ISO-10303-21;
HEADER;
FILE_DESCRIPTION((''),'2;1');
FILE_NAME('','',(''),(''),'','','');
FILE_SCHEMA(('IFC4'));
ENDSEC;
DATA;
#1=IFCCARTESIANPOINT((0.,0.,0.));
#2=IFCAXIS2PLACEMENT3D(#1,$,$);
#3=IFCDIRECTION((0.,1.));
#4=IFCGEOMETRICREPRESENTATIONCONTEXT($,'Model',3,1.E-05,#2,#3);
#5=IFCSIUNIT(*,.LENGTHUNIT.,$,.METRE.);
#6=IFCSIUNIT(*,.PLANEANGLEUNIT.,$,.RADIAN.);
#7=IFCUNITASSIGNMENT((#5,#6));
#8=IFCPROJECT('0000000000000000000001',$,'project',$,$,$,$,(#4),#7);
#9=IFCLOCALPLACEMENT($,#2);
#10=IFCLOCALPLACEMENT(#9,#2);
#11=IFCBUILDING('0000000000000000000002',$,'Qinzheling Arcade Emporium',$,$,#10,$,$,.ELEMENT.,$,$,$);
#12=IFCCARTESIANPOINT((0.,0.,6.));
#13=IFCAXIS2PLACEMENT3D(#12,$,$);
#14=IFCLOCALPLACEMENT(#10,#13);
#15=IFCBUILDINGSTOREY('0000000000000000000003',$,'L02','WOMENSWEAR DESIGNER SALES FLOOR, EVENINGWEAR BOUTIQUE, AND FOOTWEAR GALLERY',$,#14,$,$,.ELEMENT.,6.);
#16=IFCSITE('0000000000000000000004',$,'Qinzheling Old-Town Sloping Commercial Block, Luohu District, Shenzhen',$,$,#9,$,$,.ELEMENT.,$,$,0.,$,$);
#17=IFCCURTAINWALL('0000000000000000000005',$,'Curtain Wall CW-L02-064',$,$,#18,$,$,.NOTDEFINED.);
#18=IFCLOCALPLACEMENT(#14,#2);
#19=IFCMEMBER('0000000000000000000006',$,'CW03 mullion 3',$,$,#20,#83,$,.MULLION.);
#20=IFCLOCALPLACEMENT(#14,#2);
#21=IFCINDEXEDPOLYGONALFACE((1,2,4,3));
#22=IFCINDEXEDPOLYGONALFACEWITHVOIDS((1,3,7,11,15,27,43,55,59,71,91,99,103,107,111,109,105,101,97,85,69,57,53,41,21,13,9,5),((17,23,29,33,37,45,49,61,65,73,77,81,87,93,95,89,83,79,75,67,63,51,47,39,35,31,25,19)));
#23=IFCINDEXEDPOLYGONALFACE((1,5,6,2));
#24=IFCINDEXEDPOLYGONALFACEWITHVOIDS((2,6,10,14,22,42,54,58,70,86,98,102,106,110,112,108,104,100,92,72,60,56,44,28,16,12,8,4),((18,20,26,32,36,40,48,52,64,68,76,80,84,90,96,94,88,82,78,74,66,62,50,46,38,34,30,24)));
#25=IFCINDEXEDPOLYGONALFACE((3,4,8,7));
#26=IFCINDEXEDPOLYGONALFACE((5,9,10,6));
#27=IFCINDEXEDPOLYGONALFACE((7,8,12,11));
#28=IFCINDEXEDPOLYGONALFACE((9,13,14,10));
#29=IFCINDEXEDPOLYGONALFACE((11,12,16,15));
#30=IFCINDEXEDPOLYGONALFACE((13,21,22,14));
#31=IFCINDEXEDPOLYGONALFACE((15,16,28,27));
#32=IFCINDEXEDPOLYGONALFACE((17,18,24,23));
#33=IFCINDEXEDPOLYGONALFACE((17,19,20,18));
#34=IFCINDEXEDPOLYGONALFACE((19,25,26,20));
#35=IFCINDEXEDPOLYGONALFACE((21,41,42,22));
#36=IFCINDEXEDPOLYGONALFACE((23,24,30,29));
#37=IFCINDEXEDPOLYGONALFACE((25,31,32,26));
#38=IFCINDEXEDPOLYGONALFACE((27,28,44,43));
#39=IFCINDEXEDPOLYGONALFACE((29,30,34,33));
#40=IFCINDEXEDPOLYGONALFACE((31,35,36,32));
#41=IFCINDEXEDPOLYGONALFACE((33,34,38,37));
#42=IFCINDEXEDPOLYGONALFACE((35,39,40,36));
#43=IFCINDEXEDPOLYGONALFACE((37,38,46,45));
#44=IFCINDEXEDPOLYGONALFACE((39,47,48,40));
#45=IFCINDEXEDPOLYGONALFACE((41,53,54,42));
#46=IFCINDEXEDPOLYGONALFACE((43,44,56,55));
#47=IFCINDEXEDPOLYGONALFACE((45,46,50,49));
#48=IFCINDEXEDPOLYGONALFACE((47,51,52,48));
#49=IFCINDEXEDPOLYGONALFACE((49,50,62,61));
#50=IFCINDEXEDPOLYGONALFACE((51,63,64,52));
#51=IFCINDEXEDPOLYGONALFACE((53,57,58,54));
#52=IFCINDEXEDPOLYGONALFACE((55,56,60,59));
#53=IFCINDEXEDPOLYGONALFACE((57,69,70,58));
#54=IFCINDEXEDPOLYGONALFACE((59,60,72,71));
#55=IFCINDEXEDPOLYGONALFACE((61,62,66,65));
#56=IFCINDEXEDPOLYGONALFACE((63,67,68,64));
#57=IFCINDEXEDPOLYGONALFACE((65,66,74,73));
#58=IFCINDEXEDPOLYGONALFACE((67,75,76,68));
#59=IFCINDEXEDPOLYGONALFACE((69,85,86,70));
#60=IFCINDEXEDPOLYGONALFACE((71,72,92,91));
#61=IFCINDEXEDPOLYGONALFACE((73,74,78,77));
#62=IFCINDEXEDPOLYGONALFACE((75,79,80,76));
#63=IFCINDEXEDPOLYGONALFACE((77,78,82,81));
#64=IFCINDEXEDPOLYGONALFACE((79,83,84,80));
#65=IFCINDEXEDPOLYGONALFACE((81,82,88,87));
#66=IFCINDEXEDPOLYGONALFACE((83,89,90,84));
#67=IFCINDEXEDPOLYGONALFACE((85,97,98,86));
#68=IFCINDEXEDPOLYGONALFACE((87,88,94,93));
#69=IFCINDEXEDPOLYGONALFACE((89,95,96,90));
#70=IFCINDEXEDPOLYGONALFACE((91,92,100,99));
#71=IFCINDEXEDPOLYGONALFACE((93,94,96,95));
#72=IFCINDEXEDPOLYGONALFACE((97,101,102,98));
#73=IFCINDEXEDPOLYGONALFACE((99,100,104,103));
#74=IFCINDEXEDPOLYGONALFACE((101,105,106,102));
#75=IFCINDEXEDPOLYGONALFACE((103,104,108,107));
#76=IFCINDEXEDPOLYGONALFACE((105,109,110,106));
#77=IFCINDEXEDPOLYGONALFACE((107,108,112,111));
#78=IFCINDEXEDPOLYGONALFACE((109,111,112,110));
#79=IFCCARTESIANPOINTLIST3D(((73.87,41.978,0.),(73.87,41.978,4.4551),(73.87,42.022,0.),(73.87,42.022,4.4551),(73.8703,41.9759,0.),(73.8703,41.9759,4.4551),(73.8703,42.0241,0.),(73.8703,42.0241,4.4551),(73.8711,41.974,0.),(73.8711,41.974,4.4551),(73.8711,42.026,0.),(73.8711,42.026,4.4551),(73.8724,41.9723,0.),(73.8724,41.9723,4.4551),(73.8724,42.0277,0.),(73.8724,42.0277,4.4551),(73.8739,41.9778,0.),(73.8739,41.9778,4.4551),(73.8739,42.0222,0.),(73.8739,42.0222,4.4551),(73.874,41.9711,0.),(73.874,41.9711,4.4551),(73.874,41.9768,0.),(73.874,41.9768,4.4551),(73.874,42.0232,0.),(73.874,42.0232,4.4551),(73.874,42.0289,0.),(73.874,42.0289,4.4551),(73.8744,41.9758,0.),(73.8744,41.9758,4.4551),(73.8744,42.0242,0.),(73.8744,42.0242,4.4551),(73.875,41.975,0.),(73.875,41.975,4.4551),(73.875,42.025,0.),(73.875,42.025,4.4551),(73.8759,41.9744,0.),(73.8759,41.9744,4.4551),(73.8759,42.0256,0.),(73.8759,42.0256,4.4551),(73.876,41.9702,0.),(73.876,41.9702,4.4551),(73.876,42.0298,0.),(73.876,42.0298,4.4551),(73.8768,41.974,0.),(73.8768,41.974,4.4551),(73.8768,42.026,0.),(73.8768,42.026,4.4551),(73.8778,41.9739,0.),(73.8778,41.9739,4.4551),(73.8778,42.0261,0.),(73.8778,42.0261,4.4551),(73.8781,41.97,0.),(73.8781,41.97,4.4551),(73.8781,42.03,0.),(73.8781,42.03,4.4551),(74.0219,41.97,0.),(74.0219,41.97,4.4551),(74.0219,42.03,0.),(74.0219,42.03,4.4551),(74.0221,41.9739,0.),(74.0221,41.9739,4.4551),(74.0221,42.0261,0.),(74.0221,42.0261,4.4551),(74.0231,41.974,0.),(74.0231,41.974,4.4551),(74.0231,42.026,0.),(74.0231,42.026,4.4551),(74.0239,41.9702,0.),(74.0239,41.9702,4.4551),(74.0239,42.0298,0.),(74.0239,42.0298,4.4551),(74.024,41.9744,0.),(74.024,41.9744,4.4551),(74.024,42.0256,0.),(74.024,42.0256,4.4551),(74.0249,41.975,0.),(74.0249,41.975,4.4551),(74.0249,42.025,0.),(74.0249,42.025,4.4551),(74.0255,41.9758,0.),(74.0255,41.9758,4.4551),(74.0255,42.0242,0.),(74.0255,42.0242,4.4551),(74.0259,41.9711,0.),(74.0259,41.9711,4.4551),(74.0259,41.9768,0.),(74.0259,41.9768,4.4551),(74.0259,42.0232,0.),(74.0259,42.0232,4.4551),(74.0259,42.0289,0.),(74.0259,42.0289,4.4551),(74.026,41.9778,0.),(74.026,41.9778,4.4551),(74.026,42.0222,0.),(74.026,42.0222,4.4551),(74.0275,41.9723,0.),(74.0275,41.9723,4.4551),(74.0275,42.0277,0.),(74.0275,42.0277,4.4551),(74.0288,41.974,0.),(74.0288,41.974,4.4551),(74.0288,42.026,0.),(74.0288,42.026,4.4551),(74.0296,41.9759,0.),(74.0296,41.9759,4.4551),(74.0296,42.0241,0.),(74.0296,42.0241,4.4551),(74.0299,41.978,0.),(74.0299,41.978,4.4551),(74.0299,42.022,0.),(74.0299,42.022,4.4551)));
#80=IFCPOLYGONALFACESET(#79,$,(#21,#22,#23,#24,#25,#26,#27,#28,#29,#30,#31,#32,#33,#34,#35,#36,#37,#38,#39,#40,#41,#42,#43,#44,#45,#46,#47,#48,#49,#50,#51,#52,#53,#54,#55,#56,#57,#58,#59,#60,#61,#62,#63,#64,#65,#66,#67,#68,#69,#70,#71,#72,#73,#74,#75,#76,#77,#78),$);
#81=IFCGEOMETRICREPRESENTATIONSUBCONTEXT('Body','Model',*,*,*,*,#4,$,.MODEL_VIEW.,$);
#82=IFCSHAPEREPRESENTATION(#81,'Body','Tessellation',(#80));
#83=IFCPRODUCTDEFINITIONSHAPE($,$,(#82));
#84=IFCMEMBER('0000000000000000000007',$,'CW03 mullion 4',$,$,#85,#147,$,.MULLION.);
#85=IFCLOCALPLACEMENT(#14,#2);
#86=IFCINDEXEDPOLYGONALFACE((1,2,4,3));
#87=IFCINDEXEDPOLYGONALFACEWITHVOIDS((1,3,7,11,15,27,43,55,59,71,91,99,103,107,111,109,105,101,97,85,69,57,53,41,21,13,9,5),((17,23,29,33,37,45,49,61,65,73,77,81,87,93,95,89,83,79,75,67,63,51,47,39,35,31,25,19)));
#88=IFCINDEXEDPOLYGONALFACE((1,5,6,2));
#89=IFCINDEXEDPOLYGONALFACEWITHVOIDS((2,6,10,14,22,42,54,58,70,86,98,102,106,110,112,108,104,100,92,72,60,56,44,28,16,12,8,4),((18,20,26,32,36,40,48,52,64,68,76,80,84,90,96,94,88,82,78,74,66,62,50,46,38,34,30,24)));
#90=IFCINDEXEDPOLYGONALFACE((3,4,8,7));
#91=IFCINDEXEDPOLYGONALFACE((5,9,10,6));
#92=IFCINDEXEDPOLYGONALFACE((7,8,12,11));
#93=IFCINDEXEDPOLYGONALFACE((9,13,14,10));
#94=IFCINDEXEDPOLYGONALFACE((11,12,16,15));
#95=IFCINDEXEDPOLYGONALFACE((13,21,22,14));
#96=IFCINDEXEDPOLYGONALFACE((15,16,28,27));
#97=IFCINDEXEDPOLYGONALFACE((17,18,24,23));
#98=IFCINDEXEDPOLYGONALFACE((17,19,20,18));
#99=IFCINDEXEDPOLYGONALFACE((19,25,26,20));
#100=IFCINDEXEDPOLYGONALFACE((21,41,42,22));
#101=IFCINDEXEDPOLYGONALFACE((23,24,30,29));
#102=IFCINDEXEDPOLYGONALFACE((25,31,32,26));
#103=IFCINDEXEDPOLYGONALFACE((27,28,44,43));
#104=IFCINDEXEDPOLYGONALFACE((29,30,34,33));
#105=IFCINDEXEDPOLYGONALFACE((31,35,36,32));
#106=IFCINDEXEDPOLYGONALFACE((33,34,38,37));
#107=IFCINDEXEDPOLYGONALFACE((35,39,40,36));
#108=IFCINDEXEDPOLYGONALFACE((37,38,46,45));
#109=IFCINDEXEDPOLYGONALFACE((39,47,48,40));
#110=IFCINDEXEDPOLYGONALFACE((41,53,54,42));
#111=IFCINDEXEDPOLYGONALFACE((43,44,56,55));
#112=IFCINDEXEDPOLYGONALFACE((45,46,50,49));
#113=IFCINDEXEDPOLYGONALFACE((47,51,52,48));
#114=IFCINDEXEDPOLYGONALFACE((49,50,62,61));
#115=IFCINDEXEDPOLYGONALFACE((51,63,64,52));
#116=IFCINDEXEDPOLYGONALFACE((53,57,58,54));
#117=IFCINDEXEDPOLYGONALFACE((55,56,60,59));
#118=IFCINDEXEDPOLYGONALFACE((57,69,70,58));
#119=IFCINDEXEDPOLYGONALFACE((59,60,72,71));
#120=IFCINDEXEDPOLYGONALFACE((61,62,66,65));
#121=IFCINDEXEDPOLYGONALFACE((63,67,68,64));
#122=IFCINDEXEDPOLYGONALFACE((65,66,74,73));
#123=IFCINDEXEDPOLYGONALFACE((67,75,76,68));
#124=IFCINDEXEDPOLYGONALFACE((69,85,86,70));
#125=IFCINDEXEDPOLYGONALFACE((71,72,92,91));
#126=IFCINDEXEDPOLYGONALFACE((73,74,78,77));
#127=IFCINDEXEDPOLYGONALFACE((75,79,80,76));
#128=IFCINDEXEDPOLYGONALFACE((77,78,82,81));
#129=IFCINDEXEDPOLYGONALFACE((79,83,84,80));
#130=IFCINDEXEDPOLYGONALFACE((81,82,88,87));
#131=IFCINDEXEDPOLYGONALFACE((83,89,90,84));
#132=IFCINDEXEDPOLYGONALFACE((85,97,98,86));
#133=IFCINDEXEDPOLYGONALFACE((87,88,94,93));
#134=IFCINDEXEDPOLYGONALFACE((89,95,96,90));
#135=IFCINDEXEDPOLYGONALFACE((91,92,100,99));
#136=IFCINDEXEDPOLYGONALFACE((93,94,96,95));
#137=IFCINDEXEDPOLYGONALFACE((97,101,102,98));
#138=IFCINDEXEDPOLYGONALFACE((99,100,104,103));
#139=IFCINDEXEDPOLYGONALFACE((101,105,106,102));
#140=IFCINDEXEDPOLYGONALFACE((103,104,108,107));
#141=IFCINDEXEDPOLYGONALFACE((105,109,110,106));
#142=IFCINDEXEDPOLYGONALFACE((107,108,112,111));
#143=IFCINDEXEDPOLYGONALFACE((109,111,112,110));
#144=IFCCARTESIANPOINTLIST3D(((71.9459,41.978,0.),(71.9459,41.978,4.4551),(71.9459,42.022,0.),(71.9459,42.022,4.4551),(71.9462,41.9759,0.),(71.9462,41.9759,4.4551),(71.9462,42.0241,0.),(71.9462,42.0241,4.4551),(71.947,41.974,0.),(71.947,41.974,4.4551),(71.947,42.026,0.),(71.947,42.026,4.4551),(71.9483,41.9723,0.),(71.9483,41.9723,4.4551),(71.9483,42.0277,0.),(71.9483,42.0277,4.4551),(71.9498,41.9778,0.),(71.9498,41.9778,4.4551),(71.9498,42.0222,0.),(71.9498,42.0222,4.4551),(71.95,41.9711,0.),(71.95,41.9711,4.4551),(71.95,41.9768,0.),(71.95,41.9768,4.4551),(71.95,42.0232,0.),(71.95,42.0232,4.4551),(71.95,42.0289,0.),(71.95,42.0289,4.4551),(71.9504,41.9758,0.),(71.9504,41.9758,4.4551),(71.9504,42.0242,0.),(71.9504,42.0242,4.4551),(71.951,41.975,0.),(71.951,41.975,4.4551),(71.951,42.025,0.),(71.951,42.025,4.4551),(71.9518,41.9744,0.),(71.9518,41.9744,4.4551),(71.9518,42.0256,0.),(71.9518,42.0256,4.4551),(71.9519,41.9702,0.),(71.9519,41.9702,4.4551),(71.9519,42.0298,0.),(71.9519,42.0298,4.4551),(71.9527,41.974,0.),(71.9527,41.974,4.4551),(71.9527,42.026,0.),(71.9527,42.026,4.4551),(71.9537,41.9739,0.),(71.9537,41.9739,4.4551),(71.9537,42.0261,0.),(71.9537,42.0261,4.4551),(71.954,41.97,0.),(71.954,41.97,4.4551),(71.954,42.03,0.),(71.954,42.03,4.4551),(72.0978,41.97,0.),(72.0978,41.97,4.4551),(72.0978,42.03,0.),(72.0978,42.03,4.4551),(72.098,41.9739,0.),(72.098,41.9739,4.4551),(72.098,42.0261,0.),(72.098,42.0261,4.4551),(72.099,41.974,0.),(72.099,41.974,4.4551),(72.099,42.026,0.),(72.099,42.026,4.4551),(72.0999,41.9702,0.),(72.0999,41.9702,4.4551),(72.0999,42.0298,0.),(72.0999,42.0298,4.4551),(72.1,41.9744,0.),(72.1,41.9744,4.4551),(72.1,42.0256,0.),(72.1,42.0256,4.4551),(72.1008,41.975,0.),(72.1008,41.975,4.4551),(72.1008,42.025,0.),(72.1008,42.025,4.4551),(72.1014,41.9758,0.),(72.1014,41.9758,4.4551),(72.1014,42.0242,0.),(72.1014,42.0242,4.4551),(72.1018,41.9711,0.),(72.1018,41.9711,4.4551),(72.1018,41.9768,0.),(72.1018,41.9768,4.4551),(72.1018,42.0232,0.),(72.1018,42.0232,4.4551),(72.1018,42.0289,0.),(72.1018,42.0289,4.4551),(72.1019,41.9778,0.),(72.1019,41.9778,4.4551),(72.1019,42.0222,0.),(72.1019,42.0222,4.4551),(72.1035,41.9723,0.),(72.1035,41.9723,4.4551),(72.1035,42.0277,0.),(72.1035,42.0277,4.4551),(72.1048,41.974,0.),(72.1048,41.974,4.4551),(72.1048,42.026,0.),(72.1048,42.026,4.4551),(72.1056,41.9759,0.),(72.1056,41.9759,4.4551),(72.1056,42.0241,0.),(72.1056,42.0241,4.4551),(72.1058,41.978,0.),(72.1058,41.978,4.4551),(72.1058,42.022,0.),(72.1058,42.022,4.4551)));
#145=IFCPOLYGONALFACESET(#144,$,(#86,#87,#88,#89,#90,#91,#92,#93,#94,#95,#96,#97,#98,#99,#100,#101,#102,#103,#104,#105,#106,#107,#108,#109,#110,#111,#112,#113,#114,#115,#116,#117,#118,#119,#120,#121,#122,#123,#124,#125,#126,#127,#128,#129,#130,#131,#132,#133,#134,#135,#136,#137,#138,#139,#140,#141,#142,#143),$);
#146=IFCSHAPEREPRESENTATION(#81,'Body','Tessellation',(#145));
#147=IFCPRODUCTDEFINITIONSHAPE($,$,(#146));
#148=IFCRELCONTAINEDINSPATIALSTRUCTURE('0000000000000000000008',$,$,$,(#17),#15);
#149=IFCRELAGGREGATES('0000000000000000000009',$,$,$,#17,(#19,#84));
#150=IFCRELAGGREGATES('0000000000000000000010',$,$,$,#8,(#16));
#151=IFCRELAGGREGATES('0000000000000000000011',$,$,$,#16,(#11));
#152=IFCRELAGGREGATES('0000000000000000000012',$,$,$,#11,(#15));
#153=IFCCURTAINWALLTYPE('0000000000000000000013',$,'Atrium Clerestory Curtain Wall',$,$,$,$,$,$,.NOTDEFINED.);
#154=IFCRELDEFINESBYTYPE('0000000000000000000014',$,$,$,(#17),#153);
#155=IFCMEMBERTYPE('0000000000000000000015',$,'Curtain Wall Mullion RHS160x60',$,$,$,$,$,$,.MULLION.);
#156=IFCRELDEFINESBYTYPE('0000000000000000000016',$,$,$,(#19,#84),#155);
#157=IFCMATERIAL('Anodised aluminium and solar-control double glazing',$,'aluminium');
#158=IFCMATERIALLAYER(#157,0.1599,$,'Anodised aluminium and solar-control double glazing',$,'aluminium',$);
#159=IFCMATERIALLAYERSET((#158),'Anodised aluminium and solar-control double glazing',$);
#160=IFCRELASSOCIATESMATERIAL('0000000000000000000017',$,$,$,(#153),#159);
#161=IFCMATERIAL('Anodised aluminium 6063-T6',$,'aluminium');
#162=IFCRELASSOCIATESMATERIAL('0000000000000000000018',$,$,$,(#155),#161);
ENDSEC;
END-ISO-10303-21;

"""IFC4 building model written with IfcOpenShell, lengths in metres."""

from ifc_helpers import new_model, si_unit, direction, frame, origin, origin_2d, place, context, subcontext, project, spatial, hollow_rectangle, extrude, material, layer, layer_set, material_profile, profile_set, type_object, element, aggregate, save


model = new_model("IFC4")

# Units and contexts
model_context = context("Model", 3, precision=1e-05, world=origin(), true_north=direction((0.0, 1.0)))
body_context = subcontext(model_context, "Body", "Model", "MODEL_VIEW")
ifc_project = project(units=[si_unit("LENGTHUNIT", "METRE"), si_unit("PLANEANGLEUNIT", "RADIAN")], contexts=[model_context])

# Site, building, storey
site_placement = place(None, origin())
site = spatial("IfcSite", under=ifc_project, at=site_placement, Name="Qinzheling Old-Town Sloping Commercial Block, Luohu District, Shenzhen", CompositionType="ELEMENT", RefElevation=0.0)
building_placement = place(site_placement, origin())
building = spatial("IfcBuilding", under=site, at=building_placement, Name="Qinzheling Arcade Emporium", CompositionType="ELEMENT")
storey_placement = place(building_placement, frame((0.0, 0.0, 6.0)))
storey = spatial("IfcBuildingStorey", under=building, at=storey_placement, Name="L02", Description="WOMENSWEAR DESIGNER SALES FLOOR, EVENINGWEAR BOUTIQUE, AND FOOTWEAR GALLERY", CompositionType="ELEMENT", Elevation=6.0)

# Curtain wall, members
ifc_material_1 = material(Name="Anodised aluminium and solar-control double glazing", Category="aluminium")
ifc_layer_1 = layer(ifc_material_1, 0.1599, Name="Anodised aluminium and solar-control double glazing", Category="aluminium")
ifc_layer_set_1 = layer_set([ifc_layer_1], Name="Anodised aluminium and solar-control double glazing")
curtain_wall_type = type_object("IfcCurtainWallType", Name="Atrium Clerestory Curtain Wall", PredefinedType="NOTDEFINED", material=ifc_layer_set_1)
curtain_wall_placement = place(storey_placement, origin())
curtain_wall = element("IfcCurtainWall", 1, at=curtain_wall_placement, inside=storey, type_object=curtain_wall_type, Name="Curtain Wall CW-L02-064", PredefinedType="NOTDEFINED")
ifc_material_2 = material(Name="Anodised aluminium 6063-T6", Category="aluminium")
ifc_material_profile_1 = material_profile(ifc_material_2, hollow_rectangle(XDim=0.0601, YDim=0.1599, WallThickness=0.0039, InnerFilletRadius=0.0039, OuterFilletRadius=0.0081, at=origin_2d()), Name="RHS 160x60x4", Category="aluminium")
ifc_profile_set_1 = profile_set([ifc_material_profile_1], Name="Anodised aluminium 6063-T6")
member_type_1 = type_object("IfcMemberType", Name="Curtain Wall Mullion RHS160x60", PredefinedType="MULLION", material=ifc_profile_set_1)
member_1_placement = place(storey_placement, frame((73.95, 42.0, 0.0), z_axis=(0.0, 0.0, 1.0), x_axis=(0.0, -1.0, 0.0)))
member_1 = element("IfcMember", 2, at=member_1_placement, type_object=member_type_1, Name="CW03 mullion 3", PredefinedType="MULLION", context=body_context, shape_type="SweptSolid", body=[
    extrude(hollow_rectangle(XDim=0.0601, YDim=0.1599, WallThickness=0.0039, InnerFilletRadius=0.0039, OuterFilletRadius=0.0081, at=origin_2d()), origin(), (0.0, 0.0, 1.0), 4.4551),
])
member_2_placement = place(storey_placement, frame((72.0259, 42.0, 0.0), z_axis=(0.0, 0.0, 1.0), x_axis=(0.0, -1.0, 0.0)))
member_2 = element("IfcMember", 3, at=member_2_placement, type_object=member_type_1, Name="CW03 mullion 4", PredefinedType="MULLION", context=body_context, shape_type="SweptSolid", body=[
    extrude(hollow_rectangle(XDim=0.0601, YDim=0.1599, WallThickness=0.0039, InnerFilletRadius=0.0039, OuterFilletRadius=0.0081, at=origin_2d()), origin(), (0.0, 0.0, 1.0), 4.4551),
])
aggregate(curtain_wall, [member_1, member_2])

save(model, "model.ifc")
